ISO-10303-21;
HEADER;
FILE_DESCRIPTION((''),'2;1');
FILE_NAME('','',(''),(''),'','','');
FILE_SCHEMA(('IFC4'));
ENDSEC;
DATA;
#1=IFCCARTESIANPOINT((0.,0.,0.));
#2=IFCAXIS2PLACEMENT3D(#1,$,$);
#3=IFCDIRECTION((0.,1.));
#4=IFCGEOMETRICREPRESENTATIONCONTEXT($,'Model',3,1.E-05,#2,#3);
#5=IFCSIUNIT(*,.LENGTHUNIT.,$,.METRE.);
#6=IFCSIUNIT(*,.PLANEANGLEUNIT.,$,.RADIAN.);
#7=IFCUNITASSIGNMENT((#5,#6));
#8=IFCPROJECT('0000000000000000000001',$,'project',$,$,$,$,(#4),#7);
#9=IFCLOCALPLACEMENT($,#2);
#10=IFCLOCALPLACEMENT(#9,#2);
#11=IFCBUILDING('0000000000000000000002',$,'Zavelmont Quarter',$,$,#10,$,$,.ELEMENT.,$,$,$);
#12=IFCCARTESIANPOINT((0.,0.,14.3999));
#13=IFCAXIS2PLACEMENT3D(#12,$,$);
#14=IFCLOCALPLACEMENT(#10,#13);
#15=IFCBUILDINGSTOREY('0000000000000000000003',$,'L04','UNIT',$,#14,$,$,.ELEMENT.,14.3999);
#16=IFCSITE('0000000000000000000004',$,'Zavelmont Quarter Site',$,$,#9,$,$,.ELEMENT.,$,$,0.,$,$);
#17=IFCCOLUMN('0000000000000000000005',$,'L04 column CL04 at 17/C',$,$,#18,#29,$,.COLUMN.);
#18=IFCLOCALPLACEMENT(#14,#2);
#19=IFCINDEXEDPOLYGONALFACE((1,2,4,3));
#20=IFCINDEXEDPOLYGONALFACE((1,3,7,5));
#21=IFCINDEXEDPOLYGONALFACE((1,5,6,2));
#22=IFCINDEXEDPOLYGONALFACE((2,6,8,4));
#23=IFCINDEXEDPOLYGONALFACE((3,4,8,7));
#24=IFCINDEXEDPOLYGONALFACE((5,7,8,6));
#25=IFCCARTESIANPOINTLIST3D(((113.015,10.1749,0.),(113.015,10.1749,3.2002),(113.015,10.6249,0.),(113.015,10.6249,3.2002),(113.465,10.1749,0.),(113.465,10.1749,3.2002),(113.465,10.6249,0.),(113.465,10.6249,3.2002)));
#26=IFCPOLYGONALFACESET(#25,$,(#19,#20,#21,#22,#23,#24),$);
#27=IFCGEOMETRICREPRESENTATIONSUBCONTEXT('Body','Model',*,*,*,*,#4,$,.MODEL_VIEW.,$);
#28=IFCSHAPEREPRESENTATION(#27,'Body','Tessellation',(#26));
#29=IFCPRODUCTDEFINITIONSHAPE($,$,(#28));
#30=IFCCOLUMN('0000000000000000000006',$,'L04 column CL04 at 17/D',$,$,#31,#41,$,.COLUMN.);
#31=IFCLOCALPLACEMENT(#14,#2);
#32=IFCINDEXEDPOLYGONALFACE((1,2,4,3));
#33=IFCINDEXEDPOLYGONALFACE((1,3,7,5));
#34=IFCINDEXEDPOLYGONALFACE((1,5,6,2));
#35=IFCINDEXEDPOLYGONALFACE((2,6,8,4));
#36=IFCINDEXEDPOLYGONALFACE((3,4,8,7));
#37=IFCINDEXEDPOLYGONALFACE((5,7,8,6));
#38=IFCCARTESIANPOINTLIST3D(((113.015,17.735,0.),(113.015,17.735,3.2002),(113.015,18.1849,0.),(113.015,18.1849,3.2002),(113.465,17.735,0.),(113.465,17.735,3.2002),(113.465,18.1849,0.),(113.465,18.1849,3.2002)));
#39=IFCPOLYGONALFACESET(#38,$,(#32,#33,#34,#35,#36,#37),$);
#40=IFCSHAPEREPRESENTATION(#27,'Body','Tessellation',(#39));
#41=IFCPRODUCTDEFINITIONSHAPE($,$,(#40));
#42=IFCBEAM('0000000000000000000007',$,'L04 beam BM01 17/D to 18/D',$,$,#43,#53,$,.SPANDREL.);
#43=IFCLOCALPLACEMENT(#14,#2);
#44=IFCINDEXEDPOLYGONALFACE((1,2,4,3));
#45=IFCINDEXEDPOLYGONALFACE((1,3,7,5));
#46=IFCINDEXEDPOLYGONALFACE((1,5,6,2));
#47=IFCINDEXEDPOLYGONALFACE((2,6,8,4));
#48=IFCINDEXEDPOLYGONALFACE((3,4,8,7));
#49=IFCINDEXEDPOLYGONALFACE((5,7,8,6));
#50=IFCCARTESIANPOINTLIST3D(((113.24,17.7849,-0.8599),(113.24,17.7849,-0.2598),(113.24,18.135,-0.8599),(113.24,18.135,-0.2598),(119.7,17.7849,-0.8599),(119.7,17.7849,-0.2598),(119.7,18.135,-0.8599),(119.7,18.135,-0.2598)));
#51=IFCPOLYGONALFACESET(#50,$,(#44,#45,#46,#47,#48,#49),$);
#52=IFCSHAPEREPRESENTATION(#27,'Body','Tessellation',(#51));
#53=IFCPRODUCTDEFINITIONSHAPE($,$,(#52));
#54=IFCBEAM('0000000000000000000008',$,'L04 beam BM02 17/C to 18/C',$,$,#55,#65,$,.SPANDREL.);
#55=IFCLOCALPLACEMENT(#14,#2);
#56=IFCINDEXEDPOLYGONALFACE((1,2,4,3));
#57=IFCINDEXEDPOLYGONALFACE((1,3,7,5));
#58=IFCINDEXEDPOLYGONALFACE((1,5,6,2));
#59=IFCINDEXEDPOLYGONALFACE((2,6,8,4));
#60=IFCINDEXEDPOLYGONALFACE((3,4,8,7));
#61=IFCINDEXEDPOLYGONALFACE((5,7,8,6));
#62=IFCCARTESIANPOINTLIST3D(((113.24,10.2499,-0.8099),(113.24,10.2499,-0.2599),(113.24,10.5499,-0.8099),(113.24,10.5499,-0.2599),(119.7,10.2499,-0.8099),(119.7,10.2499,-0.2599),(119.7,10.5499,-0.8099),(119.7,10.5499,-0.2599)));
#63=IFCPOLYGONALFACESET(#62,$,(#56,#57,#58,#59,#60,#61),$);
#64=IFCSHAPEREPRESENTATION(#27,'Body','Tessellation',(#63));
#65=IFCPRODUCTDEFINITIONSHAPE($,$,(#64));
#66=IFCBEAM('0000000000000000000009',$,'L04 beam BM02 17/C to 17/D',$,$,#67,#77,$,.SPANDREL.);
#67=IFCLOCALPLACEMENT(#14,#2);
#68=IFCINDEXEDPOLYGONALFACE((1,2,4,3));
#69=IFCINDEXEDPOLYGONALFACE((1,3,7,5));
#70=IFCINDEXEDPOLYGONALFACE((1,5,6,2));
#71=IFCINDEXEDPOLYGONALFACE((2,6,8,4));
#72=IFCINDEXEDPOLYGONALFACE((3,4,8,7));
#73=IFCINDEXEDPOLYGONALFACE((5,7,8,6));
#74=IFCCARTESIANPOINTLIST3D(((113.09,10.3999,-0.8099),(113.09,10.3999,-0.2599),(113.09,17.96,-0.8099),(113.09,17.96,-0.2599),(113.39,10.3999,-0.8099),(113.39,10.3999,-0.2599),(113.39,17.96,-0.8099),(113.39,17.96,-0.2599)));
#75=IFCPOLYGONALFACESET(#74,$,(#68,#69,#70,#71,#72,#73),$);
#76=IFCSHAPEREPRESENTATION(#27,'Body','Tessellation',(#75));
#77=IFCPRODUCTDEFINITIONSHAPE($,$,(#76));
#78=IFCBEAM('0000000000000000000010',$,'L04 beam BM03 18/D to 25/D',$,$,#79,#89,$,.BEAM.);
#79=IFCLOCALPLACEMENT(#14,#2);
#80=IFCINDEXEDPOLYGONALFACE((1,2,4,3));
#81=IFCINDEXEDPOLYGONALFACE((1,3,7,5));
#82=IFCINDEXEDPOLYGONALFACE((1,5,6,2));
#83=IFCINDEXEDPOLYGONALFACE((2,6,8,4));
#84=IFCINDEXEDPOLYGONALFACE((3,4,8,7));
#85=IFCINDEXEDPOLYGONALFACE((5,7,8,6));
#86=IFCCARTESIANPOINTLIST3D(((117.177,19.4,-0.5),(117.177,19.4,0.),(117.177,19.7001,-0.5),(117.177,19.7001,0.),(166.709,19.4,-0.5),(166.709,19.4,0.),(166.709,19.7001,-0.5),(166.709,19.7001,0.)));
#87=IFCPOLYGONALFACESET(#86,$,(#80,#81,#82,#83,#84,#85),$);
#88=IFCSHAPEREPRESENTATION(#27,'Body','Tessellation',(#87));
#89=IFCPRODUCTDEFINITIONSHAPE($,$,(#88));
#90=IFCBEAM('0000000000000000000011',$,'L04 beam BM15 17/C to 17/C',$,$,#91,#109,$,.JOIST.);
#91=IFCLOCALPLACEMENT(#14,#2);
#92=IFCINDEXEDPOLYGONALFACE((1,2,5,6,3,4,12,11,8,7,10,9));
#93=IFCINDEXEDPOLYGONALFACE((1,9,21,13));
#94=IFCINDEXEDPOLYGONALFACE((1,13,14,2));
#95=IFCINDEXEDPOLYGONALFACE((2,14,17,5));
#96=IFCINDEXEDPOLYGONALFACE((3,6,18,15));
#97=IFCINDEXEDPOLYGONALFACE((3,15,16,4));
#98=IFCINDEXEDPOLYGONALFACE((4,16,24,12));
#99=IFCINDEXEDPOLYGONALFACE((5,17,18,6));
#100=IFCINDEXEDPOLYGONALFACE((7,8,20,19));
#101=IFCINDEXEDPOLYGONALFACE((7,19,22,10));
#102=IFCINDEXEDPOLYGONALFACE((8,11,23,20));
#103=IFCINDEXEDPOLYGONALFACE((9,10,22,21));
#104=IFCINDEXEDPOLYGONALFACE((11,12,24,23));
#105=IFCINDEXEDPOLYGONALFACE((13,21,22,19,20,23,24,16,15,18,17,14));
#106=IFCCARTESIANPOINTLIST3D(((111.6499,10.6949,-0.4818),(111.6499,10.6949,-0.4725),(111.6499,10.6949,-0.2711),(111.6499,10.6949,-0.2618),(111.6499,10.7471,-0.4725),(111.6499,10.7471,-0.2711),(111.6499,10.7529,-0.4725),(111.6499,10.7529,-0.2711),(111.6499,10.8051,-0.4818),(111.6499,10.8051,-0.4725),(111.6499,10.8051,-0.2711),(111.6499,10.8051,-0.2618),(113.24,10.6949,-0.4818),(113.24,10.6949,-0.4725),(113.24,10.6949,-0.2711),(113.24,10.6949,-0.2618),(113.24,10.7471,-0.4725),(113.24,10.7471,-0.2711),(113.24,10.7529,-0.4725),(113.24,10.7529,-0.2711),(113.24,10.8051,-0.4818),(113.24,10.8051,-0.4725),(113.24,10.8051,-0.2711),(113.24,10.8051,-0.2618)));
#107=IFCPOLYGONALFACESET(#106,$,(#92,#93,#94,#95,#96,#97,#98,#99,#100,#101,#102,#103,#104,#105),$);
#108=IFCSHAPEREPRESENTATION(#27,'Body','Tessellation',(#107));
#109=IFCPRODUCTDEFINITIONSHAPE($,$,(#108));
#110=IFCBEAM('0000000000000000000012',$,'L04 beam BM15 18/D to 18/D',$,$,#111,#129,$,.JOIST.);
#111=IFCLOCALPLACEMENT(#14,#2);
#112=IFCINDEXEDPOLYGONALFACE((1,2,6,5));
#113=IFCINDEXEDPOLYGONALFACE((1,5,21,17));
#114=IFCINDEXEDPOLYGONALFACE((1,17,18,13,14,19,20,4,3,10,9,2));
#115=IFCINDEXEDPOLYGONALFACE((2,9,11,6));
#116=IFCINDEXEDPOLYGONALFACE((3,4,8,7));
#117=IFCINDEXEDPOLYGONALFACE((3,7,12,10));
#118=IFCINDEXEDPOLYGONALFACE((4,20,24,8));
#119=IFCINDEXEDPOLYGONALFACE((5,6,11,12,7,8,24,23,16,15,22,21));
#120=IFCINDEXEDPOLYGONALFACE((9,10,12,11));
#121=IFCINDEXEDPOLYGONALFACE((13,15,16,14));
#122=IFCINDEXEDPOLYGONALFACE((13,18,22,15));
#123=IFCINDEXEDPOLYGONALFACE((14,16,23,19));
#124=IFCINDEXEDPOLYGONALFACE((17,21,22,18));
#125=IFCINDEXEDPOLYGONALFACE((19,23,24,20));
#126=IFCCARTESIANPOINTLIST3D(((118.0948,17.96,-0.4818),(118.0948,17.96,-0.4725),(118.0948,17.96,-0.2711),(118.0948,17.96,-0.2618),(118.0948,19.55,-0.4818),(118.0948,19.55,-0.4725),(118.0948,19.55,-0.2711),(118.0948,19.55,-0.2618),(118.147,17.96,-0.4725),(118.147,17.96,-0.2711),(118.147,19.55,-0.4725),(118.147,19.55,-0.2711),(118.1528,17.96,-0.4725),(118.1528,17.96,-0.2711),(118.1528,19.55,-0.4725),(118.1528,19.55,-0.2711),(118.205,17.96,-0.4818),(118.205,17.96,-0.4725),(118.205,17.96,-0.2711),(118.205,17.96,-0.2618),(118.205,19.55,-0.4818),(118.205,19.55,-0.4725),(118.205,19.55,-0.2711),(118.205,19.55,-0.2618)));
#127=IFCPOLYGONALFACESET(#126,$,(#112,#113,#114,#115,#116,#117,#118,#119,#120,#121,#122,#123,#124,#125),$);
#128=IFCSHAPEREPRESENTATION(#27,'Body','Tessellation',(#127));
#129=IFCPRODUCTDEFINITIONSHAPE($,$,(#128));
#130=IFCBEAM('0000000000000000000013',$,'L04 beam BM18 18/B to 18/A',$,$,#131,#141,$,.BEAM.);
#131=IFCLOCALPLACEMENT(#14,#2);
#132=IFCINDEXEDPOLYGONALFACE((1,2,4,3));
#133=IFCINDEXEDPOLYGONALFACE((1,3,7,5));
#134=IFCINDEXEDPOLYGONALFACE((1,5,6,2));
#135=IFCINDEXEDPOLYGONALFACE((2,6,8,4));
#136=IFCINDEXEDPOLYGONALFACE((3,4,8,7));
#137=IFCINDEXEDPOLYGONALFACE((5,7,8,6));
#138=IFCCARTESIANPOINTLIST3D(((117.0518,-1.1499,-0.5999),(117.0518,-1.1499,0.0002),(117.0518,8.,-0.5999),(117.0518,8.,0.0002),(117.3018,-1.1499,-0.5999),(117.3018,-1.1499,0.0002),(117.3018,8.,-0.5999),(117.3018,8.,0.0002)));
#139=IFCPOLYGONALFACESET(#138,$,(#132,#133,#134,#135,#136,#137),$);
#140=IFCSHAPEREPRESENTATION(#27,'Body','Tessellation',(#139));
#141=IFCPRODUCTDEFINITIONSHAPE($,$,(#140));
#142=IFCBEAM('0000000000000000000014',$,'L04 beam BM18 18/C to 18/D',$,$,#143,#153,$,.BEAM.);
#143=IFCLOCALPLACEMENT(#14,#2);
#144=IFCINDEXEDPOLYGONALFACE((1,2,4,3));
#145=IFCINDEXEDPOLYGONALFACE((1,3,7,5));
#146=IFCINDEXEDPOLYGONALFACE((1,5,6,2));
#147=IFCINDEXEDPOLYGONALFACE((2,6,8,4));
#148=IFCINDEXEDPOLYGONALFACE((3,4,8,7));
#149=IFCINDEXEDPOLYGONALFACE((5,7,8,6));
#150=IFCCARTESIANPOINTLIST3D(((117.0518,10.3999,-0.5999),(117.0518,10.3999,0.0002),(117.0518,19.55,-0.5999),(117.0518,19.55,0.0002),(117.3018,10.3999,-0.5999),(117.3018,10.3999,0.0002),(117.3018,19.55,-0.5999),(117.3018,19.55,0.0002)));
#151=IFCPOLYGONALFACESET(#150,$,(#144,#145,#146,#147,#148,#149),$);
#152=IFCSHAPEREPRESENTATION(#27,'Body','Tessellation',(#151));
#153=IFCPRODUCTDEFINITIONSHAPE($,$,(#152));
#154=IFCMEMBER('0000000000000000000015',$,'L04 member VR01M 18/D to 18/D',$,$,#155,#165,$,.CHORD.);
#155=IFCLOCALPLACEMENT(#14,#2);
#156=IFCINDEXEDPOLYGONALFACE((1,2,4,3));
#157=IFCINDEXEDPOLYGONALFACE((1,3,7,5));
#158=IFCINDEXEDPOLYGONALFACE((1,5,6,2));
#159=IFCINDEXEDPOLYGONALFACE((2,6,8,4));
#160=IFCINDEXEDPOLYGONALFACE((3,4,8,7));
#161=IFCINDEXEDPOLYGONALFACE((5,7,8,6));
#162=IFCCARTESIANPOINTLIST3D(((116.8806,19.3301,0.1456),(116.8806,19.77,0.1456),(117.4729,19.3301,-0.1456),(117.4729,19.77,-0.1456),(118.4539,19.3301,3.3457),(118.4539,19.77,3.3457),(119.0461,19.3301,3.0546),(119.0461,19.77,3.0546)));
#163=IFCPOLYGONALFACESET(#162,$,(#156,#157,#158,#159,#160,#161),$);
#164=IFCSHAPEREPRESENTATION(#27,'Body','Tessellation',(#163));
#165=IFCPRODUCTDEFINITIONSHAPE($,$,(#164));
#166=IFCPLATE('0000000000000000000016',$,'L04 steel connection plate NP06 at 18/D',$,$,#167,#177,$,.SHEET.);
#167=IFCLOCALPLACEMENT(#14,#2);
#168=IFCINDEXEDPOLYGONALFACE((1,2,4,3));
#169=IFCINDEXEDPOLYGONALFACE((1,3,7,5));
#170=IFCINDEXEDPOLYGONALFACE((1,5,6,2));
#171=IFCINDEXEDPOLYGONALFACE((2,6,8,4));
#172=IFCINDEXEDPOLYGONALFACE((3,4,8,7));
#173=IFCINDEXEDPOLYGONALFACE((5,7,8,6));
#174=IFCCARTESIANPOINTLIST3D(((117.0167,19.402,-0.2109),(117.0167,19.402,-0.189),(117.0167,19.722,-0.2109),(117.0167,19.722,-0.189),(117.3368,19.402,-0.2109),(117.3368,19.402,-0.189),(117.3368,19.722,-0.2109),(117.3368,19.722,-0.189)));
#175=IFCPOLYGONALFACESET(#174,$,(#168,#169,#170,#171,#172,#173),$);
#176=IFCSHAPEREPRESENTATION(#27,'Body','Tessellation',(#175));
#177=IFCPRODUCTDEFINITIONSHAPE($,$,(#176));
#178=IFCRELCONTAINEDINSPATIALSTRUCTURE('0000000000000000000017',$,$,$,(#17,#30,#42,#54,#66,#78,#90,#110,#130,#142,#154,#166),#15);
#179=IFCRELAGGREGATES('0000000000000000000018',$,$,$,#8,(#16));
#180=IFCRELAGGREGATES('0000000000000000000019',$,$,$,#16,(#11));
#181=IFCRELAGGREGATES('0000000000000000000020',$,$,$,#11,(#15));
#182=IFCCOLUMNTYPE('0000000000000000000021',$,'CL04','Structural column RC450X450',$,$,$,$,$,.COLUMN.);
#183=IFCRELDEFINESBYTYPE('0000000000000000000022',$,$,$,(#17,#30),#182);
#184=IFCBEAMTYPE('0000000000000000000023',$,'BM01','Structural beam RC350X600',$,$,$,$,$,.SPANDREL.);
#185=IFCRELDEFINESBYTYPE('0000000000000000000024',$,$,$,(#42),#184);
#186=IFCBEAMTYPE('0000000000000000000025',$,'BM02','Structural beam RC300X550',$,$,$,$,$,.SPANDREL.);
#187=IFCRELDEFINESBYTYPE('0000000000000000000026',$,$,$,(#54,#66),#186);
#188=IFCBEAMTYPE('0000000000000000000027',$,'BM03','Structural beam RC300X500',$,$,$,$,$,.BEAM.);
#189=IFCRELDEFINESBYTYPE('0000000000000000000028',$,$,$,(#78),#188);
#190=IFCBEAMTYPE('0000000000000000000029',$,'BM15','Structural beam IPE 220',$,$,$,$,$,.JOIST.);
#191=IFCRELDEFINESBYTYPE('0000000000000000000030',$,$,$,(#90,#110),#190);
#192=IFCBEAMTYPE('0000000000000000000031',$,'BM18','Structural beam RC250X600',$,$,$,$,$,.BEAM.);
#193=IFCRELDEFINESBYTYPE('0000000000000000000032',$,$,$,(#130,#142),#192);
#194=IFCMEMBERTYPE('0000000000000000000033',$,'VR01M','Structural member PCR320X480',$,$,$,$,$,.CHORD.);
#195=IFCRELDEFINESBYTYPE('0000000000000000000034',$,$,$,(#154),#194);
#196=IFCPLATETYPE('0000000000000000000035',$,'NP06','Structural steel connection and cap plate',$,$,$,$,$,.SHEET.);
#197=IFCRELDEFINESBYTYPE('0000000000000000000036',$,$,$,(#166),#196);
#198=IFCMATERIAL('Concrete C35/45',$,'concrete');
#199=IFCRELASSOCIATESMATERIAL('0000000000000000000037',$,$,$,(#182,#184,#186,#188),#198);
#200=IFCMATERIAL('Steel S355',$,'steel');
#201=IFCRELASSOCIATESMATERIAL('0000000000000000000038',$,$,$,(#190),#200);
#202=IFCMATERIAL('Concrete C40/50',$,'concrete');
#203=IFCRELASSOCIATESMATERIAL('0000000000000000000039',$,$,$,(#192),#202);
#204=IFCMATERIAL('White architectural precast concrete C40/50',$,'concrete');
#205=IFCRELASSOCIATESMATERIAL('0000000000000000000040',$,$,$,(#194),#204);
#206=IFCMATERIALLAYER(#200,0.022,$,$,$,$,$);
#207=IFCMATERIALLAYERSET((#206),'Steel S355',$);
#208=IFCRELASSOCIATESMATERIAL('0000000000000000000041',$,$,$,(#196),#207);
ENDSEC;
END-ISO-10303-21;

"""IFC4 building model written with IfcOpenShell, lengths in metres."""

from ifc_helpers import new_model, si_unit, direction, frame, origin, origin_2d, place, context, subcontext, project, spatial, rectangle, i_section, extrude, material, layer, layer_set, material_profile, profile_set, type_object, element, save


model = new_model("IFC4")

# Units and contexts
model_context = context("Model", 3, precision=1e-05, world=origin(), true_north=direction((0.0, 1.0)))
body_context = subcontext(model_context, "Body", "Model", "MODEL_VIEW")
ifc_project = project(units=[si_unit("LENGTHUNIT", "METRE"), si_unit("PLANEANGLEUNIT", "RADIAN")], contexts=[model_context])

# Site, building, storey
site_placement = place(None, origin())
site = spatial("IfcSite", under=ifc_project, at=site_placement, Name="Zavelmont Quarter Site", CompositionType="ELEMENT", RefElevation=0.0)
building_placement = place(site_placement, origin())
building = spatial("IfcBuilding", under=site, at=building_placement, Name="Zavelmont Quarter", CompositionType="ELEMENT")
storey_placement = place(building_placement, frame((0.0, 0.0, 14.3999)))
storey = spatial("IfcBuildingStorey", under=building, at=storey_placement, Name="L04", Description="UNIT", CompositionType="ELEMENT", Elevation=14.3999)

# Columns
ifc_material_1 = material(Name="Concrete C35/45", Category="concrete")
ifc_material_profile_1 = material_profile(ifc_material_1, rectangle(XDim=0.45, YDim=0.45, at=origin_2d()), Name="RC450X450")
ifc_profile_set_1 = profile_set([ifc_material_profile_1], Name="Concrete C35/45")
column_type = type_object("IfcColumnType", Name="CL04", Description="Structural column RC450X450", PredefinedType="COLUMN", material=ifc_profile_set_1)
for number, where, z_axis, x_axis, name in (
    (1, (113.24, 10.3999, 0.0), (0.0, 0.0, 1.0), (1.0, 0.0, 0.0), "L04 column CL04 at 17/C"),
    (2, (113.24, 17.96, 0.0), (0.0, 0.0, 1.0), (1.0, 0.0, 0.0), "L04 column CL04 at 17/D"),
):
    element("IfcColumn", number, at=place(storey_placement, frame(where, z_axis=z_axis, x_axis=x_axis)), inside=storey, type_object=column_type, Name=name, PredefinedType="COLUMN", context=body_context, shape_type="SweptSolid", body=[
        extrude(rectangle(XDim=0.45, YDim=0.45, at=origin_2d()), origin(), (0.0, 0.0, 1.0), 3.2002),
    ])

# Beams
ifc_material_profile_2 = material_profile(ifc_material_1, rectangle(XDim=0.3501, YDim=0.6001, at=origin_2d()), Name="RC350X600")
ifc_profile_set_2 = profile_set([ifc_material_profile_2], Name="Concrete C35/45")
beam_type_1 = type_object("IfcBeamType", Name="BM01", Description="Structural beam RC350X600", PredefinedType="SPANDREL", material=ifc_profile_set_2)
beam_1_placement = place(storey_placement, frame((113.24, 17.96, -0.5598), z_axis=(1.0, 0.0, 0.0), x_axis=(0.0, 1.0, 0.0)))
element("IfcBeam", 3, at=beam_1_placement, inside=storey, type_object=beam_type_1, Name="L04 beam BM01 17/D to 18/D", PredefinedType="SPANDREL", context=body_context, shape_type="SweptSolid", body=[
    extrude(rectangle(XDim=0.3501, YDim=0.6001, at=origin_2d()), origin(), (0.0, 0.0, 1.0), 6.46),
])
ifc_material_profile_3 = material_profile(ifc_material_1, rectangle(XDim=0.3, YDim=0.55, at=origin_2d()), Name="RC300X550")
ifc_profile_set_3 = profile_set([ifc_material_profile_3], Name="Concrete C35/45")
beam_type_2 = type_object("IfcBeamType", Name="BM02", Description="Structural beam RC300X550", PredefinedType="SPANDREL", material=ifc_profile_set_3)
beam_2_placement = place(storey_placement, frame((113.24, 10.3999, -0.5349), z_axis=(1.0, 0.0, 0.0), x_axis=(0.0, 1.0, 0.0)))
element("IfcBeam", 4, at=beam_2_placement, inside=storey, type_object=beam_type_2, Name="L04 beam BM02 17/C to 18/C", PredefinedType="SPANDREL", context=body_context, shape_type="SweptSolid", body=[
    extrude(rectangle(XDim=0.3, YDim=0.55, at=origin_2d()), origin(), (0.0, 0.0, 1.0), 6.46),
])
beam_3_placement = place(storey_placement, frame((113.24, 10.3999, -0.5349), z_axis=(0.0, 1.0, 0.0), x_axis=(-1.0, 0.0, 0.0)))
element("IfcBeam", 5, at=beam_3_placement, inside=storey, type_object=beam_type_2, Name="L04 beam BM02 17/C to 17/D", PredefinedType="SPANDREL", context=body_context, shape_type="SweptSolid", body=[
    extrude(rectangle(XDim=0.3, YDim=0.55, at=origin_2d()), origin(), (0.0, 0.0, 1.0), 7.5601),
])
ifc_material_profile_4 = material_profile(ifc_material_1, rectangle(XDim=0.3, YDim=0.5, at=origin_2d()), Name="RC300X500")
ifc_profile_set_4 = profile_set([ifc_material_profile_4], Name="Concrete C35/45")
beam_type_3 = type_object("IfcBeamType", Name="BM03", Description="Structural beam RC300X500", PredefinedType="BEAM", material=ifc_profile_set_4)
beam_4_placement = place(storey_placement, frame((117.177, 19.55, -0.25), z_axis=(1.0, 0.0, 0.0), x_axis=(0.0, 1.0, 0.0)))
element("IfcBeam", 6, at=beam_4_placement, inside=storey, type_object=beam_type_3, Name="L04 beam BM03 18/D to 25/D", PredefinedType="BEAM", context=body_context, shape_type="SweptSolid", body=[
    extrude(rectangle(XDim=0.3, YDim=0.5, at=origin_2d()), origin(), (0.0, 0.0, 1.0), 49.532),
])
ifc_material_2 = material(Name="Steel S355", Category="steel")
ifc_material_profile_5 = material_profile(ifc_material_2, i_section(OverallWidth=0.1101, OverallDepth=0.22, WebThickness=0.0059, FlangeThickness=0.0093, at=origin_2d()), Name="IPE 220")
ifc_profile_set_5 = profile_set([ifc_material_profile_5], Name="Steel S355")
beam_type_4 = type_object("IfcBeamType", Name="BM15", Description="Structural beam IPE 220", PredefinedType="JOIST", material=ifc_profile_set_5)
for number, where, z_axis, x_axis, name in (
    (7, (113.24, 10.75, -0.3718), (-1.0, 0.0, 0.0), (0.0, -1.0, 0.0), "L04 beam BM15 17/C to 17/C"),
    (8, (118.1499, 17.96, -0.3718), (0.0, 1.0, 0.0), (-1.0, 0.0, 0.0), "L04 beam BM15 18/D to 18/D"),
):
    element("IfcBeam", number, at=place(storey_placement, frame(where, z_axis=z_axis, x_axis=x_axis)), inside=storey, type_object=beam_type_4, Name=name, PredefinedType="JOIST", context=body_context, shape_type="SweptSolid", body=[
        extrude(i_section(OverallWidth=0.1101, OverallDepth=0.22, WebThickness=0.0059, FlangeThickness=0.0093, at=origin_2d()), origin(), (0.0, 0.0, 1.0), 1.5901),
    ])
ifc_material_3 = material(Name="Concrete C40/50", Category="concrete")
ifc_material_profile_6 = material_profile(ifc_material_3, rectangle(XDim=0.25, YDim=0.6001, at=origin_2d()), Name="RC250X600")
ifc_profile_set_6 = profile_set([ifc_material_profile_6], Name="Concrete C40/50")
beam_type_5 = type_object("IfcBeamType", Name="BM18", Description="Structural beam RC250X600", PredefinedType="BEAM", material=ifc_profile_set_6)
beam_5_placement = place(storey_placement, frame((117.1768, 8.0, -0.2998), z_axis=(0.0, -1.0, 0.0), x_axis=(1.0, 0.0, 0.0)))
element("IfcBeam", 9, at=beam_5_placement, inside=storey, type_object=beam_type_5, Name="L04 beam BM18 18/B to 18/A", PredefinedType="BEAM", context=body_context, shape_type="SweptSolid", body=[
    extrude(rectangle(XDim=0.25, YDim=0.6001, at=origin_2d()), origin(), (0.0, 0.0, 1.0), 9.1499),
])
beam_6_placement = place(storey_placement, frame((117.1768, 10.3999, -0.2998), z_axis=(0.0, 1.0, 0.0), x_axis=(-1.0, 0.0, 0.0)))
element("IfcBeam", 10, at=beam_6_placement, inside=storey, type_object=beam_type_5, Name="L04 beam BM18 18/C to 18/D", PredefinedType="BEAM", context=body_context, shape_type="SweptSolid", body=[
    extrude(rectangle(XDim=0.25, YDim=0.6001, at=origin_2d()), origin(), (0.0, 0.0, 1.0), 9.1501),
])

# Member
ifc_material_4 = material(Name="White architectural precast concrete C40/50", Category="concrete")
ifc_material_profile_7 = material_profile(ifc_material_4, rectangle(XDim=0.4399, YDim=0.6599, at=origin_2d()), Name="PCR320X480")
ifc_profile_set_7 = profile_set([ifc_material_profile_7], Name="White architectural precast concrete C40/50")
member_type = type_object("IfcMemberType", Name="VR01M", Description="Structural member PCR320X480", PredefinedType="CHORD", material=ifc_profile_set_7)
member_placement = place(storey_placement, frame((117.1768, 19.55, 0.0), z_axis=(0.441179, 0.0, 0.897419), x_axis=(0.0, 1.0, 0.0)))
element("IfcMember", 11, at=member_placement, inside=storey, type_object=member_type, Name="L04 member VR01M 18/D to 18/D", PredefinedType="CHORD", context=body_context, shape_type="SweptSolid", body=[
    extrude(rectangle(XDim=0.4399, YDim=0.6599, at=origin_2d()), origin(), (0.0, 0.0, 1.0), 3.5659),
])

# Plate
ifc_layer_1 = layer(ifc_material_2, 0.022)
ifc_layer_set_1 = layer_set([ifc_layer_1], Name="Steel S355")
plate_type = type_object("IfcPlateType", Name="NP06", Description="Structural steel connection and cap plate", PredefinedType="SHEET", material=ifc_layer_set_1)
plate_placement = place(storey_placement, frame((117.1768, 19.562, -0.2109), z_axis=(0.0, 0.0, 1.0), x_axis=(1.0, 0.0, 0.0)))
element("IfcPlate", 12, at=plate_placement, inside=storey, type_object=plate_type, Name="L04 steel connection plate NP06 at 18/D", PredefinedType="SHEET", context=body_context, shape_type="SweptSolid", body=[
    extrude(rectangle(XDim=0.3201, YDim=0.3201, at=origin_2d()), origin(), (0.0, 0.0, 1.0), 0.022),
])

save(model, "model.ifc")
